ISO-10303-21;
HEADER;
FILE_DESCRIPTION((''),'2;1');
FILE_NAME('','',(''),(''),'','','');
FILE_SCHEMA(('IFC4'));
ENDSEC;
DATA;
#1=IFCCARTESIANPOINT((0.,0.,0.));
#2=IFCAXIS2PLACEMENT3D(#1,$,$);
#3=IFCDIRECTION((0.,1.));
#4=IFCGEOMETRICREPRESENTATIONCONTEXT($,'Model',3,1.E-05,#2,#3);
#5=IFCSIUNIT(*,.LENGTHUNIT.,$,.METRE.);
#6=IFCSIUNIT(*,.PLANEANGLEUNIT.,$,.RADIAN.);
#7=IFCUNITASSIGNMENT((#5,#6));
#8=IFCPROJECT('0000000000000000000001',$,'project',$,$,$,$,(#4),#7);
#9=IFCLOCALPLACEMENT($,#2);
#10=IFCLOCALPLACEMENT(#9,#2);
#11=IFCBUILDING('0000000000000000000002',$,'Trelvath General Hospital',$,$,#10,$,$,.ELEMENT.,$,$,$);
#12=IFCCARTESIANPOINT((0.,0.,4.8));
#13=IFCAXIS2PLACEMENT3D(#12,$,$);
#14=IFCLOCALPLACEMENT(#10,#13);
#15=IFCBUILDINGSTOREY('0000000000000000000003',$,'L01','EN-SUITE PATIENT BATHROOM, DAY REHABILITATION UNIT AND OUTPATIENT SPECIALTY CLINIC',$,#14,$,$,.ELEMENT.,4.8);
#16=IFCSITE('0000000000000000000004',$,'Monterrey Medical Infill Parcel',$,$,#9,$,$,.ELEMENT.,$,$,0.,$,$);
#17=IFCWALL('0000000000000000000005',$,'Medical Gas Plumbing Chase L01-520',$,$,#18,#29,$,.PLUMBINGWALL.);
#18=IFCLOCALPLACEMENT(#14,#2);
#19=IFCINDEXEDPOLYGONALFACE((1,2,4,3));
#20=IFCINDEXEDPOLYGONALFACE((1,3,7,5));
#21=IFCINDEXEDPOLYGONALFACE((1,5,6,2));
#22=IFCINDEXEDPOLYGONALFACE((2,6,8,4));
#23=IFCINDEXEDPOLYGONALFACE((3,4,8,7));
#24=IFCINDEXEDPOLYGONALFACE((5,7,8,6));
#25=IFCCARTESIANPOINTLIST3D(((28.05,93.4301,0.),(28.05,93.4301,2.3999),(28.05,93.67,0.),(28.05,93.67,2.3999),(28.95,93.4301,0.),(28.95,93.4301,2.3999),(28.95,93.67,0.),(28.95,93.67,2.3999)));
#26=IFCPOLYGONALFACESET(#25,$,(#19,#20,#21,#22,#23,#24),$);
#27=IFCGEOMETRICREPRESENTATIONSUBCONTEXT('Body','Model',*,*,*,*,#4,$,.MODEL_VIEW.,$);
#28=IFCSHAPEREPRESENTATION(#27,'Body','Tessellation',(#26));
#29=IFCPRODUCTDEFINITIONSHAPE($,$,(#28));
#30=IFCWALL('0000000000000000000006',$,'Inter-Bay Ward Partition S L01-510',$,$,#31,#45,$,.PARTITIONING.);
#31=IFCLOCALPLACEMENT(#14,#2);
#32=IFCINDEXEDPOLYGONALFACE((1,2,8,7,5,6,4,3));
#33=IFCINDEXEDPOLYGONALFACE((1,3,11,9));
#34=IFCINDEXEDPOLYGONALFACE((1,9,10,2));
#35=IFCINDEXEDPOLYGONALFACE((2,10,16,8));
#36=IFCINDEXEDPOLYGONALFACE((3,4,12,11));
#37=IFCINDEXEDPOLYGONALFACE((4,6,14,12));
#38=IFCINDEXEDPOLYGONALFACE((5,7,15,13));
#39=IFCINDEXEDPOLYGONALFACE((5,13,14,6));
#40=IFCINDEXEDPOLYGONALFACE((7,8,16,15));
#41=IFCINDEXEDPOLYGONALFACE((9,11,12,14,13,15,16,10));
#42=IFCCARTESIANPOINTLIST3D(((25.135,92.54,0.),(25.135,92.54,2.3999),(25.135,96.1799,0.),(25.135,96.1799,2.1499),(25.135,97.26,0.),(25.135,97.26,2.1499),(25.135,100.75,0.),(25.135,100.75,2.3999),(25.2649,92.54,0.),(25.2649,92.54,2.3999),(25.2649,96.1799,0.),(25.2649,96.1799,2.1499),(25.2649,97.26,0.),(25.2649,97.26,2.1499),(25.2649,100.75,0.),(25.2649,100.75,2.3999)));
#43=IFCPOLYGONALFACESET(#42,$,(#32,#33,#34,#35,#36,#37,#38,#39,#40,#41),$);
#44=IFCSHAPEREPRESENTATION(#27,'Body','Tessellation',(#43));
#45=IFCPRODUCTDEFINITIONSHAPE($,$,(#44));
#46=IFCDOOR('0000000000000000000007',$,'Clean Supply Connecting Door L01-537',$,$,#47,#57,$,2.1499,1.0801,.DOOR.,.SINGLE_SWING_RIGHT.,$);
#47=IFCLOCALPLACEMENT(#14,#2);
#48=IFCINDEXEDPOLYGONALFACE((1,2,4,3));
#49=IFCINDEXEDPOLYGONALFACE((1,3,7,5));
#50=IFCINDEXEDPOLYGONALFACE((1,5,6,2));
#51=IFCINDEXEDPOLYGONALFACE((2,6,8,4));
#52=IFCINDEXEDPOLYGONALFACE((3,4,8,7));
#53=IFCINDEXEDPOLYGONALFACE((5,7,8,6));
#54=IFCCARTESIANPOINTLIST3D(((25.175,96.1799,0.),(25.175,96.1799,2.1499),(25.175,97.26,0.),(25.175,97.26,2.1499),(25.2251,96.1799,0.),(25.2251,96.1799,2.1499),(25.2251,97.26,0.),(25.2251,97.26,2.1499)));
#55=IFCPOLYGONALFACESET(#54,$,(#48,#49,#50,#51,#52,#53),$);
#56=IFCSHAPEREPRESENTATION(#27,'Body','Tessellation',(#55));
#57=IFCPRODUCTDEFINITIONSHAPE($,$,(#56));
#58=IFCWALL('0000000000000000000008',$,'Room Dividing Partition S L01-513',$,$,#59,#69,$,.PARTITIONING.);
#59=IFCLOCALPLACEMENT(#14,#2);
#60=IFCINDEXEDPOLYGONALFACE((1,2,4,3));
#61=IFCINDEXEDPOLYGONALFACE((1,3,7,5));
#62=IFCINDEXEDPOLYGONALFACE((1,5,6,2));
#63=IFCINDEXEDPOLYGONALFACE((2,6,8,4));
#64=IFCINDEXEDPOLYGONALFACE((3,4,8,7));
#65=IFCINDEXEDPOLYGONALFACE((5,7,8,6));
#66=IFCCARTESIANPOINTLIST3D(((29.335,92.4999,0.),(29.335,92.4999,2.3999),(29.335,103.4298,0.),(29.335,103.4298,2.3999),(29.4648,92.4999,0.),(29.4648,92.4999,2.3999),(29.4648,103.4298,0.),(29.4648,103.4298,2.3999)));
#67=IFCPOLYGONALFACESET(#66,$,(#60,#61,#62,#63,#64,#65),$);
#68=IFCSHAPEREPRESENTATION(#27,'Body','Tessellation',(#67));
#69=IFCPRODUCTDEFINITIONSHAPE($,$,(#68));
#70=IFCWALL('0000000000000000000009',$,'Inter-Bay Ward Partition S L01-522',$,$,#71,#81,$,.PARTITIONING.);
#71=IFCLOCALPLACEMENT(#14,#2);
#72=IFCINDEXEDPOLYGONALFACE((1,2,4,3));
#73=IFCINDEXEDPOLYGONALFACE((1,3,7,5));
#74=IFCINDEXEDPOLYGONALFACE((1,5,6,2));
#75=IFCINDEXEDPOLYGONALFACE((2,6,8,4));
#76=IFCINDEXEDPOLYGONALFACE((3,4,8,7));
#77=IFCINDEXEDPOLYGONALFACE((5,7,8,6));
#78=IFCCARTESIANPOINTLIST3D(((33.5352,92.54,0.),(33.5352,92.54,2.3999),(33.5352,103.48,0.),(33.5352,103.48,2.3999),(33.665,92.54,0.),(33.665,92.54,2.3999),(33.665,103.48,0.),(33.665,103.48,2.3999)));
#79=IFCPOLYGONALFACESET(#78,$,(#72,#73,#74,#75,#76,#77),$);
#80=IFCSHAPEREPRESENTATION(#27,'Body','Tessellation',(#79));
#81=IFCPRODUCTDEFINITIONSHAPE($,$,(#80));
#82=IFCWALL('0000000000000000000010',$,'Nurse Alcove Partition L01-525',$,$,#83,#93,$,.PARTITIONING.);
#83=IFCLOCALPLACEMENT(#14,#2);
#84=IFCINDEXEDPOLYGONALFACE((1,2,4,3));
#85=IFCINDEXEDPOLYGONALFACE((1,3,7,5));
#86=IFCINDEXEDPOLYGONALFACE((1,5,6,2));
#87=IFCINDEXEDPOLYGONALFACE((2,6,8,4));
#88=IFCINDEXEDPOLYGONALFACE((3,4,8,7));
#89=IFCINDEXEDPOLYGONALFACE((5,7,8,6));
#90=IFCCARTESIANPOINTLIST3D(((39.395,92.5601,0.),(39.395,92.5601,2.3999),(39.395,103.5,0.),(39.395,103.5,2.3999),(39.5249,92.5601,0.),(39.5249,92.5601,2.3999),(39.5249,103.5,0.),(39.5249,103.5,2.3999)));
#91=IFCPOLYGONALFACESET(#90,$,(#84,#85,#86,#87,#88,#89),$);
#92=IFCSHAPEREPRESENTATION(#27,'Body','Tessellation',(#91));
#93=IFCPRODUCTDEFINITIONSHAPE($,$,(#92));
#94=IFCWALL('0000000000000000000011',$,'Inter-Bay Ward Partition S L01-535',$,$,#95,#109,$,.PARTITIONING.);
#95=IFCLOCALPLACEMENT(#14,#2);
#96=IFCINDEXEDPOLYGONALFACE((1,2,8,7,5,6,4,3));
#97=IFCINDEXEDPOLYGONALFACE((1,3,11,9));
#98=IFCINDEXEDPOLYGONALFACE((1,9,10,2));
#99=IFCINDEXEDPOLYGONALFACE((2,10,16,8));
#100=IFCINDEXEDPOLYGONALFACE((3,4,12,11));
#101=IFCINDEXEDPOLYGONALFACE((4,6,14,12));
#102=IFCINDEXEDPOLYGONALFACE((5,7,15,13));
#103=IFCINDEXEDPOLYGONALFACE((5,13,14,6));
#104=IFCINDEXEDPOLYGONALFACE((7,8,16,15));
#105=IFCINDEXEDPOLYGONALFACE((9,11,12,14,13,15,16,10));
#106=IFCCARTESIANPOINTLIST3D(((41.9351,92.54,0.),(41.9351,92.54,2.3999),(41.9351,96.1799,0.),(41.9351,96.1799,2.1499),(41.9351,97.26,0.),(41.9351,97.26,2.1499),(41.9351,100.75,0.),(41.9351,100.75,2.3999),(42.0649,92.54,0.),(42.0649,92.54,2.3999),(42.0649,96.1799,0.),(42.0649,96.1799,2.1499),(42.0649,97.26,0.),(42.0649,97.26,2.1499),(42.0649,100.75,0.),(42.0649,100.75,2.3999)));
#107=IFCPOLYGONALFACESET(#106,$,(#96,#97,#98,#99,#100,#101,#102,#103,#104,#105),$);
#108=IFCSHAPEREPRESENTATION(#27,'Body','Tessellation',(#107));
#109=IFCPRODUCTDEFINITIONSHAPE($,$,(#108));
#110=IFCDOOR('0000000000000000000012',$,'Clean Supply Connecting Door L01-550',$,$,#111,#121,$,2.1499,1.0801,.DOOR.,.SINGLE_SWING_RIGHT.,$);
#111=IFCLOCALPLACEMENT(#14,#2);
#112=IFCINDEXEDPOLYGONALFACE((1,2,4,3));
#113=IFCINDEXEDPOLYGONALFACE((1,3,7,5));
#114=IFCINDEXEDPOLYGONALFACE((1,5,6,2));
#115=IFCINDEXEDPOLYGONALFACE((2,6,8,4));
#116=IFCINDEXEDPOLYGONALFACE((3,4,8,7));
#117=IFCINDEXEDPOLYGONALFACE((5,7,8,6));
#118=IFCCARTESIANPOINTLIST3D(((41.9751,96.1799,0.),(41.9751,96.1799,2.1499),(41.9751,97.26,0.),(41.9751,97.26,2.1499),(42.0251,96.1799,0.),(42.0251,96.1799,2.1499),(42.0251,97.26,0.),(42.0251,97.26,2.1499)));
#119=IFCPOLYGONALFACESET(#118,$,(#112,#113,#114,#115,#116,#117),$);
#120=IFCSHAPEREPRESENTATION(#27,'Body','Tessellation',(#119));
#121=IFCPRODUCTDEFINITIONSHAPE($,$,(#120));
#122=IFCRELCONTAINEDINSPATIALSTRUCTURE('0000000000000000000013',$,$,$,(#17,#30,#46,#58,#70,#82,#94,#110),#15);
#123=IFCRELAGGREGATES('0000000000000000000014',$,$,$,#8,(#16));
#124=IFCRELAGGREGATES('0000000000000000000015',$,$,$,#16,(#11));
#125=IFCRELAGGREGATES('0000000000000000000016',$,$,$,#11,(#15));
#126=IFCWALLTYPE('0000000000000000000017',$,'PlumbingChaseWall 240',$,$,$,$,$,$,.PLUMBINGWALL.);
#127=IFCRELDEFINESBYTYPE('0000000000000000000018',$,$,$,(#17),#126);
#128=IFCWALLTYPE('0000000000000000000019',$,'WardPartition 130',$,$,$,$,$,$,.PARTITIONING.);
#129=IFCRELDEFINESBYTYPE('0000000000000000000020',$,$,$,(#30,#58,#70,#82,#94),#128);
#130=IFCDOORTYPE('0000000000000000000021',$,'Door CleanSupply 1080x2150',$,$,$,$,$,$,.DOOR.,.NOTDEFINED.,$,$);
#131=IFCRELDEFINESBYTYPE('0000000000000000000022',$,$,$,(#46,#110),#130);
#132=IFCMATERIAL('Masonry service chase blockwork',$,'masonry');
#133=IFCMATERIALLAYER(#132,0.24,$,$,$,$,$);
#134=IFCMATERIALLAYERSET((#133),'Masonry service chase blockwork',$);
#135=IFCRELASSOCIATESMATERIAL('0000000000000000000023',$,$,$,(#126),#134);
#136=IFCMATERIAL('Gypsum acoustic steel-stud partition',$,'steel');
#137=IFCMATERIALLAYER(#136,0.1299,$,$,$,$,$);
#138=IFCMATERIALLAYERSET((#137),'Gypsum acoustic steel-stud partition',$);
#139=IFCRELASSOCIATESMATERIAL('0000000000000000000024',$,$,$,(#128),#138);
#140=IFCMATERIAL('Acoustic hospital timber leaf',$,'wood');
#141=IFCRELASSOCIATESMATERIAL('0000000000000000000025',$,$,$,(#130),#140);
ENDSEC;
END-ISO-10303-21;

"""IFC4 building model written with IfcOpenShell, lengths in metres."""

from ifc_helpers import new_model, si_unit, direction, frame, frame_2d, origin, place, context, subcontext, project, spatial, rectangle, extrude, material, layer, layer_set, type_object, element, fill, save


model = new_model("IFC4")

# Units and contexts
model_context = context("Model", 3, precision=1e-05, world=origin(), true_north=direction((0.0, 1.0)))
body_context = subcontext(model_context, "Body", "Model", "MODEL_VIEW")
ifc_project = project(units=[si_unit("LENGTHUNIT", "METRE"), si_unit("PLANEANGLEUNIT", "RADIAN")], contexts=[model_context])

# Site, building, storey
site_placement = place(None, origin())
site = spatial("IfcSite", under=ifc_project, at=site_placement, Name="Monterrey Medical Infill Parcel", CompositionType="ELEMENT", RefElevation=0.0)
building_placement = place(site_placement, origin())
building = spatial("IfcBuilding", under=site, at=building_placement, Name="Trelvath General Hospital", CompositionType="ELEMENT")
storey_placement = place(building_placement, frame((0.0, 0.0, 4.8)))
storey = spatial("IfcBuildingStorey", under=building, at=storey_placement, Name="L01", Description="EN-SUITE PATIENT BATHROOM, DAY REHABILITATION UNIT AND OUTPATIENT SPECIALTY CLINIC", CompositionType="ELEMENT", Elevation=4.8)

# Wall
ifc_material_1 = material(Name="Masonry service chase blockwork", Category="masonry")
ifc_layer_1 = layer(ifc_material_1, 0.24)
ifc_layer_set_1 = layer_set([ifc_layer_1], Name="Masonry service chase blockwork")
wall_type_1 = type_object("IfcWallType", Name="PlumbingChaseWall 240", PredefinedType="PLUMBINGWALL", material=ifc_layer_set_1)
wall_1_placement = place(storey_placement, frame((28.05, 93.55, 0.0), z_axis=(0.0, 0.0, 1.0), x_axis=(1.0, 0.0, 0.0)))
element("IfcWall", 1, at=wall_1_placement, inside=storey, type_object=wall_type_1, Name="Medical Gas Plumbing Chase L01-520", PredefinedType="PLUMBINGWALL", context=body_context, shape_type="SweptSolid", body=[
    extrude(rectangle(XDim=0.8999, YDim=0.24, at=frame_2d((0.45, 0.0))), origin(), (0.0, 0.0, 1.0), 2.3999),
])

# Wall, opening, door
ifc_material_2 = material(Name="Gypsum acoustic steel-stud partition", Category="steel")
ifc_layer_2 = layer(ifc_material_2, 0.1299)
ifc_layer_set_2 = layer_set([ifc_layer_2], Name="Gypsum acoustic steel-stud partition")
wall_type_2 = type_object("IfcWallType", Name="WardPartition 130", PredefinedType="PARTITIONING", material=ifc_layer_set_2)
wall_2_placement = place(storey_placement, frame((25.2, 92.54, 0.0), z_axis=(0.0, 0.0, 1.0), x_axis=(0.0, 1.0, 0.0)))
wall_2 = element("IfcWall", 2, at=wall_2_placement, inside=storey, type_object=wall_type_2, Name="Inter-Bay Ward Partition S L01-510", PredefinedType="PARTITIONING", context=body_context, shape_type="SweptSolid", body=[
    extrude(rectangle(XDim=8.21, YDim=0.1299, at=frame_2d((4.105, 0.0))), origin(), (0.0, 0.0, 1.0), 2.3999),
])
opening_1_placement = place(wall_2_placement, frame((3.6399, 0.0, 0.0)))
opening_1 = element("IfcOpeningElement", 3, at=opening_1_placement, cuts=wall_2, PredefinedType="OPENING", context=body_context, shape_type="SweptSolid", body=[
    extrude(rectangle(XDim=1.0801, YDim=2.1499, at=frame_2d((0.54, 1.075))), frame((0.0, 0.075, 0.0), z_axis=(0.0, -1.0, 0.0), x_axis=(1.0, 0.0, 0.0)), (0.0, 0.0, 1.0), 0.1499),
])
ifc_material_3 = material(Name="Acoustic hospital timber leaf", Category="wood")
door_type = type_object("IfcDoorType", Name="Door CleanSupply 1080x2150", OperationType="NOTDEFINED", PredefinedType="DOOR", material=ifc_material_3)
door_1_placement = place(opening_1_placement, origin())
door_1 = element("IfcDoor", 4, at=door_1_placement, inside=storey, type_object=door_type, Name="Clean Supply Connecting Door L01-537", OperationType="SINGLE_SWING_RIGHT", OverallHeight=2.1499, OverallWidth=1.0801, PredefinedType="DOOR", context=body_context, shape_type="SweptSolid", body=[
    extrude(rectangle(XDim=1.0801, YDim=2.1499, at=frame_2d((0.54, 1.075))), frame((0.0, 0.0249, 0.0), z_axis=(0.0, -1.0, 0.0), x_axis=(1.0, 0.0, 0.0)), (0.0, 0.0, 1.0), 0.05),
])
fill(opening_1, door_1)

# Walls
wall_3_placement = place(storey_placement, frame((29.3999, 92.5, 0.0), z_axis=(0.0, 0.0, 1.0), x_axis=(0.0, 1.0, 0.0)))
element("IfcWall", 5, at=wall_3_placement, inside=storey, type_object=wall_type_2, Name="Room Dividing Partition S L01-513", PredefinedType="PARTITIONING", context=body_context, shape_type="SweptSolid", body=[
    extrude(rectangle(XDim=10.9299, YDim=0.1299, at=frame_2d((5.4648, 0.0))), origin(), (0.0, 0.0, 1.0), 2.3999),
])
for number, where, z_axis, x_axis, name in (
    (6, (33.6001, 92.54, 0.0), (0.0, 0.0, 1.0), (0.0, 1.0, 0.0), "Inter-Bay Ward Partition S L01-522"),
    (7, (39.46, 92.5601, 0.0), (0.0, 0.0, 1.0), (0.0, 1.0, 0.0), "Nurse Alcove Partition L01-525"),
):
    element("IfcWall", number, at=place(storey_placement, frame(where, z_axis=z_axis, x_axis=x_axis)), inside=storey, type_object=wall_type_2, Name=name, PredefinedType="PARTITIONING", context=body_context, shape_type="SweptSolid", body=[
        extrude(rectangle(XDim=10.9399, YDim=0.1299, at=frame_2d((5.47, 0.0))), origin(), (0.0, 0.0, 1.0), 2.3999),
    ])

# Wall, opening, door
wall_4_placement = place(storey_placement, frame((42.0, 92.54, 0.0), z_axis=(0.0, 0.0, 1.0), x_axis=(0.0, 1.0, 0.0)))
wall_4 = element("IfcWall", 8, at=wall_4_placement, inside=storey, type_object=wall_type_2, Name="Inter-Bay Ward Partition S L01-535", PredefinedType="PARTITIONING", context=body_context, shape_type="SweptSolid", body=[
    extrude(rectangle(XDim=8.21, YDim=0.1299, at=frame_2d((4.105, 0.0))), origin(), (0.0, 0.0, 1.0), 2.3999),
])
opening_2_placement = place(wall_4_placement, frame((3.6399, 0.0, 0.0)))
opening_2 = element("IfcOpeningElement", 9, at=opening_2_placement, cuts=wall_4, PredefinedType="OPENING", context=body_context, shape_type="SweptSolid", body=[
    extrude(rectangle(XDim=1.0801, YDim=2.1499, at=frame_2d((0.54, 1.075))), frame((0.0, 0.075, 0.0), z_axis=(0.0, -1.0, 0.0), x_axis=(1.0, 0.0, 0.0)), (0.0, 0.0, 1.0), 0.1499),
])
door_2_placement = place(opening_2_placement, origin())
door_2 = element("IfcDoor", 10, at=door_2_placement, inside=storey, type_object=door_type, Name="Clean Supply Connecting Door L01-550", OperationType="SINGLE_SWING_RIGHT", OverallHeight=2.1499, OverallWidth=1.0801, PredefinedType="DOOR", context=body_context, shape_type="SweptSolid", body=[
    extrude(rectangle(XDim=1.0801, YDim=2.1499, at=frame_2d((0.54, 1.075))), frame((0.0, 0.0249, 0.0), z_axis=(0.0, -1.0, 0.0), x_axis=(1.0, 0.0, 0.0)), (0.0, 0.0, 1.0), 0.05),
])
fill(opening_2, door_2)

save(model, "model.ifc")
